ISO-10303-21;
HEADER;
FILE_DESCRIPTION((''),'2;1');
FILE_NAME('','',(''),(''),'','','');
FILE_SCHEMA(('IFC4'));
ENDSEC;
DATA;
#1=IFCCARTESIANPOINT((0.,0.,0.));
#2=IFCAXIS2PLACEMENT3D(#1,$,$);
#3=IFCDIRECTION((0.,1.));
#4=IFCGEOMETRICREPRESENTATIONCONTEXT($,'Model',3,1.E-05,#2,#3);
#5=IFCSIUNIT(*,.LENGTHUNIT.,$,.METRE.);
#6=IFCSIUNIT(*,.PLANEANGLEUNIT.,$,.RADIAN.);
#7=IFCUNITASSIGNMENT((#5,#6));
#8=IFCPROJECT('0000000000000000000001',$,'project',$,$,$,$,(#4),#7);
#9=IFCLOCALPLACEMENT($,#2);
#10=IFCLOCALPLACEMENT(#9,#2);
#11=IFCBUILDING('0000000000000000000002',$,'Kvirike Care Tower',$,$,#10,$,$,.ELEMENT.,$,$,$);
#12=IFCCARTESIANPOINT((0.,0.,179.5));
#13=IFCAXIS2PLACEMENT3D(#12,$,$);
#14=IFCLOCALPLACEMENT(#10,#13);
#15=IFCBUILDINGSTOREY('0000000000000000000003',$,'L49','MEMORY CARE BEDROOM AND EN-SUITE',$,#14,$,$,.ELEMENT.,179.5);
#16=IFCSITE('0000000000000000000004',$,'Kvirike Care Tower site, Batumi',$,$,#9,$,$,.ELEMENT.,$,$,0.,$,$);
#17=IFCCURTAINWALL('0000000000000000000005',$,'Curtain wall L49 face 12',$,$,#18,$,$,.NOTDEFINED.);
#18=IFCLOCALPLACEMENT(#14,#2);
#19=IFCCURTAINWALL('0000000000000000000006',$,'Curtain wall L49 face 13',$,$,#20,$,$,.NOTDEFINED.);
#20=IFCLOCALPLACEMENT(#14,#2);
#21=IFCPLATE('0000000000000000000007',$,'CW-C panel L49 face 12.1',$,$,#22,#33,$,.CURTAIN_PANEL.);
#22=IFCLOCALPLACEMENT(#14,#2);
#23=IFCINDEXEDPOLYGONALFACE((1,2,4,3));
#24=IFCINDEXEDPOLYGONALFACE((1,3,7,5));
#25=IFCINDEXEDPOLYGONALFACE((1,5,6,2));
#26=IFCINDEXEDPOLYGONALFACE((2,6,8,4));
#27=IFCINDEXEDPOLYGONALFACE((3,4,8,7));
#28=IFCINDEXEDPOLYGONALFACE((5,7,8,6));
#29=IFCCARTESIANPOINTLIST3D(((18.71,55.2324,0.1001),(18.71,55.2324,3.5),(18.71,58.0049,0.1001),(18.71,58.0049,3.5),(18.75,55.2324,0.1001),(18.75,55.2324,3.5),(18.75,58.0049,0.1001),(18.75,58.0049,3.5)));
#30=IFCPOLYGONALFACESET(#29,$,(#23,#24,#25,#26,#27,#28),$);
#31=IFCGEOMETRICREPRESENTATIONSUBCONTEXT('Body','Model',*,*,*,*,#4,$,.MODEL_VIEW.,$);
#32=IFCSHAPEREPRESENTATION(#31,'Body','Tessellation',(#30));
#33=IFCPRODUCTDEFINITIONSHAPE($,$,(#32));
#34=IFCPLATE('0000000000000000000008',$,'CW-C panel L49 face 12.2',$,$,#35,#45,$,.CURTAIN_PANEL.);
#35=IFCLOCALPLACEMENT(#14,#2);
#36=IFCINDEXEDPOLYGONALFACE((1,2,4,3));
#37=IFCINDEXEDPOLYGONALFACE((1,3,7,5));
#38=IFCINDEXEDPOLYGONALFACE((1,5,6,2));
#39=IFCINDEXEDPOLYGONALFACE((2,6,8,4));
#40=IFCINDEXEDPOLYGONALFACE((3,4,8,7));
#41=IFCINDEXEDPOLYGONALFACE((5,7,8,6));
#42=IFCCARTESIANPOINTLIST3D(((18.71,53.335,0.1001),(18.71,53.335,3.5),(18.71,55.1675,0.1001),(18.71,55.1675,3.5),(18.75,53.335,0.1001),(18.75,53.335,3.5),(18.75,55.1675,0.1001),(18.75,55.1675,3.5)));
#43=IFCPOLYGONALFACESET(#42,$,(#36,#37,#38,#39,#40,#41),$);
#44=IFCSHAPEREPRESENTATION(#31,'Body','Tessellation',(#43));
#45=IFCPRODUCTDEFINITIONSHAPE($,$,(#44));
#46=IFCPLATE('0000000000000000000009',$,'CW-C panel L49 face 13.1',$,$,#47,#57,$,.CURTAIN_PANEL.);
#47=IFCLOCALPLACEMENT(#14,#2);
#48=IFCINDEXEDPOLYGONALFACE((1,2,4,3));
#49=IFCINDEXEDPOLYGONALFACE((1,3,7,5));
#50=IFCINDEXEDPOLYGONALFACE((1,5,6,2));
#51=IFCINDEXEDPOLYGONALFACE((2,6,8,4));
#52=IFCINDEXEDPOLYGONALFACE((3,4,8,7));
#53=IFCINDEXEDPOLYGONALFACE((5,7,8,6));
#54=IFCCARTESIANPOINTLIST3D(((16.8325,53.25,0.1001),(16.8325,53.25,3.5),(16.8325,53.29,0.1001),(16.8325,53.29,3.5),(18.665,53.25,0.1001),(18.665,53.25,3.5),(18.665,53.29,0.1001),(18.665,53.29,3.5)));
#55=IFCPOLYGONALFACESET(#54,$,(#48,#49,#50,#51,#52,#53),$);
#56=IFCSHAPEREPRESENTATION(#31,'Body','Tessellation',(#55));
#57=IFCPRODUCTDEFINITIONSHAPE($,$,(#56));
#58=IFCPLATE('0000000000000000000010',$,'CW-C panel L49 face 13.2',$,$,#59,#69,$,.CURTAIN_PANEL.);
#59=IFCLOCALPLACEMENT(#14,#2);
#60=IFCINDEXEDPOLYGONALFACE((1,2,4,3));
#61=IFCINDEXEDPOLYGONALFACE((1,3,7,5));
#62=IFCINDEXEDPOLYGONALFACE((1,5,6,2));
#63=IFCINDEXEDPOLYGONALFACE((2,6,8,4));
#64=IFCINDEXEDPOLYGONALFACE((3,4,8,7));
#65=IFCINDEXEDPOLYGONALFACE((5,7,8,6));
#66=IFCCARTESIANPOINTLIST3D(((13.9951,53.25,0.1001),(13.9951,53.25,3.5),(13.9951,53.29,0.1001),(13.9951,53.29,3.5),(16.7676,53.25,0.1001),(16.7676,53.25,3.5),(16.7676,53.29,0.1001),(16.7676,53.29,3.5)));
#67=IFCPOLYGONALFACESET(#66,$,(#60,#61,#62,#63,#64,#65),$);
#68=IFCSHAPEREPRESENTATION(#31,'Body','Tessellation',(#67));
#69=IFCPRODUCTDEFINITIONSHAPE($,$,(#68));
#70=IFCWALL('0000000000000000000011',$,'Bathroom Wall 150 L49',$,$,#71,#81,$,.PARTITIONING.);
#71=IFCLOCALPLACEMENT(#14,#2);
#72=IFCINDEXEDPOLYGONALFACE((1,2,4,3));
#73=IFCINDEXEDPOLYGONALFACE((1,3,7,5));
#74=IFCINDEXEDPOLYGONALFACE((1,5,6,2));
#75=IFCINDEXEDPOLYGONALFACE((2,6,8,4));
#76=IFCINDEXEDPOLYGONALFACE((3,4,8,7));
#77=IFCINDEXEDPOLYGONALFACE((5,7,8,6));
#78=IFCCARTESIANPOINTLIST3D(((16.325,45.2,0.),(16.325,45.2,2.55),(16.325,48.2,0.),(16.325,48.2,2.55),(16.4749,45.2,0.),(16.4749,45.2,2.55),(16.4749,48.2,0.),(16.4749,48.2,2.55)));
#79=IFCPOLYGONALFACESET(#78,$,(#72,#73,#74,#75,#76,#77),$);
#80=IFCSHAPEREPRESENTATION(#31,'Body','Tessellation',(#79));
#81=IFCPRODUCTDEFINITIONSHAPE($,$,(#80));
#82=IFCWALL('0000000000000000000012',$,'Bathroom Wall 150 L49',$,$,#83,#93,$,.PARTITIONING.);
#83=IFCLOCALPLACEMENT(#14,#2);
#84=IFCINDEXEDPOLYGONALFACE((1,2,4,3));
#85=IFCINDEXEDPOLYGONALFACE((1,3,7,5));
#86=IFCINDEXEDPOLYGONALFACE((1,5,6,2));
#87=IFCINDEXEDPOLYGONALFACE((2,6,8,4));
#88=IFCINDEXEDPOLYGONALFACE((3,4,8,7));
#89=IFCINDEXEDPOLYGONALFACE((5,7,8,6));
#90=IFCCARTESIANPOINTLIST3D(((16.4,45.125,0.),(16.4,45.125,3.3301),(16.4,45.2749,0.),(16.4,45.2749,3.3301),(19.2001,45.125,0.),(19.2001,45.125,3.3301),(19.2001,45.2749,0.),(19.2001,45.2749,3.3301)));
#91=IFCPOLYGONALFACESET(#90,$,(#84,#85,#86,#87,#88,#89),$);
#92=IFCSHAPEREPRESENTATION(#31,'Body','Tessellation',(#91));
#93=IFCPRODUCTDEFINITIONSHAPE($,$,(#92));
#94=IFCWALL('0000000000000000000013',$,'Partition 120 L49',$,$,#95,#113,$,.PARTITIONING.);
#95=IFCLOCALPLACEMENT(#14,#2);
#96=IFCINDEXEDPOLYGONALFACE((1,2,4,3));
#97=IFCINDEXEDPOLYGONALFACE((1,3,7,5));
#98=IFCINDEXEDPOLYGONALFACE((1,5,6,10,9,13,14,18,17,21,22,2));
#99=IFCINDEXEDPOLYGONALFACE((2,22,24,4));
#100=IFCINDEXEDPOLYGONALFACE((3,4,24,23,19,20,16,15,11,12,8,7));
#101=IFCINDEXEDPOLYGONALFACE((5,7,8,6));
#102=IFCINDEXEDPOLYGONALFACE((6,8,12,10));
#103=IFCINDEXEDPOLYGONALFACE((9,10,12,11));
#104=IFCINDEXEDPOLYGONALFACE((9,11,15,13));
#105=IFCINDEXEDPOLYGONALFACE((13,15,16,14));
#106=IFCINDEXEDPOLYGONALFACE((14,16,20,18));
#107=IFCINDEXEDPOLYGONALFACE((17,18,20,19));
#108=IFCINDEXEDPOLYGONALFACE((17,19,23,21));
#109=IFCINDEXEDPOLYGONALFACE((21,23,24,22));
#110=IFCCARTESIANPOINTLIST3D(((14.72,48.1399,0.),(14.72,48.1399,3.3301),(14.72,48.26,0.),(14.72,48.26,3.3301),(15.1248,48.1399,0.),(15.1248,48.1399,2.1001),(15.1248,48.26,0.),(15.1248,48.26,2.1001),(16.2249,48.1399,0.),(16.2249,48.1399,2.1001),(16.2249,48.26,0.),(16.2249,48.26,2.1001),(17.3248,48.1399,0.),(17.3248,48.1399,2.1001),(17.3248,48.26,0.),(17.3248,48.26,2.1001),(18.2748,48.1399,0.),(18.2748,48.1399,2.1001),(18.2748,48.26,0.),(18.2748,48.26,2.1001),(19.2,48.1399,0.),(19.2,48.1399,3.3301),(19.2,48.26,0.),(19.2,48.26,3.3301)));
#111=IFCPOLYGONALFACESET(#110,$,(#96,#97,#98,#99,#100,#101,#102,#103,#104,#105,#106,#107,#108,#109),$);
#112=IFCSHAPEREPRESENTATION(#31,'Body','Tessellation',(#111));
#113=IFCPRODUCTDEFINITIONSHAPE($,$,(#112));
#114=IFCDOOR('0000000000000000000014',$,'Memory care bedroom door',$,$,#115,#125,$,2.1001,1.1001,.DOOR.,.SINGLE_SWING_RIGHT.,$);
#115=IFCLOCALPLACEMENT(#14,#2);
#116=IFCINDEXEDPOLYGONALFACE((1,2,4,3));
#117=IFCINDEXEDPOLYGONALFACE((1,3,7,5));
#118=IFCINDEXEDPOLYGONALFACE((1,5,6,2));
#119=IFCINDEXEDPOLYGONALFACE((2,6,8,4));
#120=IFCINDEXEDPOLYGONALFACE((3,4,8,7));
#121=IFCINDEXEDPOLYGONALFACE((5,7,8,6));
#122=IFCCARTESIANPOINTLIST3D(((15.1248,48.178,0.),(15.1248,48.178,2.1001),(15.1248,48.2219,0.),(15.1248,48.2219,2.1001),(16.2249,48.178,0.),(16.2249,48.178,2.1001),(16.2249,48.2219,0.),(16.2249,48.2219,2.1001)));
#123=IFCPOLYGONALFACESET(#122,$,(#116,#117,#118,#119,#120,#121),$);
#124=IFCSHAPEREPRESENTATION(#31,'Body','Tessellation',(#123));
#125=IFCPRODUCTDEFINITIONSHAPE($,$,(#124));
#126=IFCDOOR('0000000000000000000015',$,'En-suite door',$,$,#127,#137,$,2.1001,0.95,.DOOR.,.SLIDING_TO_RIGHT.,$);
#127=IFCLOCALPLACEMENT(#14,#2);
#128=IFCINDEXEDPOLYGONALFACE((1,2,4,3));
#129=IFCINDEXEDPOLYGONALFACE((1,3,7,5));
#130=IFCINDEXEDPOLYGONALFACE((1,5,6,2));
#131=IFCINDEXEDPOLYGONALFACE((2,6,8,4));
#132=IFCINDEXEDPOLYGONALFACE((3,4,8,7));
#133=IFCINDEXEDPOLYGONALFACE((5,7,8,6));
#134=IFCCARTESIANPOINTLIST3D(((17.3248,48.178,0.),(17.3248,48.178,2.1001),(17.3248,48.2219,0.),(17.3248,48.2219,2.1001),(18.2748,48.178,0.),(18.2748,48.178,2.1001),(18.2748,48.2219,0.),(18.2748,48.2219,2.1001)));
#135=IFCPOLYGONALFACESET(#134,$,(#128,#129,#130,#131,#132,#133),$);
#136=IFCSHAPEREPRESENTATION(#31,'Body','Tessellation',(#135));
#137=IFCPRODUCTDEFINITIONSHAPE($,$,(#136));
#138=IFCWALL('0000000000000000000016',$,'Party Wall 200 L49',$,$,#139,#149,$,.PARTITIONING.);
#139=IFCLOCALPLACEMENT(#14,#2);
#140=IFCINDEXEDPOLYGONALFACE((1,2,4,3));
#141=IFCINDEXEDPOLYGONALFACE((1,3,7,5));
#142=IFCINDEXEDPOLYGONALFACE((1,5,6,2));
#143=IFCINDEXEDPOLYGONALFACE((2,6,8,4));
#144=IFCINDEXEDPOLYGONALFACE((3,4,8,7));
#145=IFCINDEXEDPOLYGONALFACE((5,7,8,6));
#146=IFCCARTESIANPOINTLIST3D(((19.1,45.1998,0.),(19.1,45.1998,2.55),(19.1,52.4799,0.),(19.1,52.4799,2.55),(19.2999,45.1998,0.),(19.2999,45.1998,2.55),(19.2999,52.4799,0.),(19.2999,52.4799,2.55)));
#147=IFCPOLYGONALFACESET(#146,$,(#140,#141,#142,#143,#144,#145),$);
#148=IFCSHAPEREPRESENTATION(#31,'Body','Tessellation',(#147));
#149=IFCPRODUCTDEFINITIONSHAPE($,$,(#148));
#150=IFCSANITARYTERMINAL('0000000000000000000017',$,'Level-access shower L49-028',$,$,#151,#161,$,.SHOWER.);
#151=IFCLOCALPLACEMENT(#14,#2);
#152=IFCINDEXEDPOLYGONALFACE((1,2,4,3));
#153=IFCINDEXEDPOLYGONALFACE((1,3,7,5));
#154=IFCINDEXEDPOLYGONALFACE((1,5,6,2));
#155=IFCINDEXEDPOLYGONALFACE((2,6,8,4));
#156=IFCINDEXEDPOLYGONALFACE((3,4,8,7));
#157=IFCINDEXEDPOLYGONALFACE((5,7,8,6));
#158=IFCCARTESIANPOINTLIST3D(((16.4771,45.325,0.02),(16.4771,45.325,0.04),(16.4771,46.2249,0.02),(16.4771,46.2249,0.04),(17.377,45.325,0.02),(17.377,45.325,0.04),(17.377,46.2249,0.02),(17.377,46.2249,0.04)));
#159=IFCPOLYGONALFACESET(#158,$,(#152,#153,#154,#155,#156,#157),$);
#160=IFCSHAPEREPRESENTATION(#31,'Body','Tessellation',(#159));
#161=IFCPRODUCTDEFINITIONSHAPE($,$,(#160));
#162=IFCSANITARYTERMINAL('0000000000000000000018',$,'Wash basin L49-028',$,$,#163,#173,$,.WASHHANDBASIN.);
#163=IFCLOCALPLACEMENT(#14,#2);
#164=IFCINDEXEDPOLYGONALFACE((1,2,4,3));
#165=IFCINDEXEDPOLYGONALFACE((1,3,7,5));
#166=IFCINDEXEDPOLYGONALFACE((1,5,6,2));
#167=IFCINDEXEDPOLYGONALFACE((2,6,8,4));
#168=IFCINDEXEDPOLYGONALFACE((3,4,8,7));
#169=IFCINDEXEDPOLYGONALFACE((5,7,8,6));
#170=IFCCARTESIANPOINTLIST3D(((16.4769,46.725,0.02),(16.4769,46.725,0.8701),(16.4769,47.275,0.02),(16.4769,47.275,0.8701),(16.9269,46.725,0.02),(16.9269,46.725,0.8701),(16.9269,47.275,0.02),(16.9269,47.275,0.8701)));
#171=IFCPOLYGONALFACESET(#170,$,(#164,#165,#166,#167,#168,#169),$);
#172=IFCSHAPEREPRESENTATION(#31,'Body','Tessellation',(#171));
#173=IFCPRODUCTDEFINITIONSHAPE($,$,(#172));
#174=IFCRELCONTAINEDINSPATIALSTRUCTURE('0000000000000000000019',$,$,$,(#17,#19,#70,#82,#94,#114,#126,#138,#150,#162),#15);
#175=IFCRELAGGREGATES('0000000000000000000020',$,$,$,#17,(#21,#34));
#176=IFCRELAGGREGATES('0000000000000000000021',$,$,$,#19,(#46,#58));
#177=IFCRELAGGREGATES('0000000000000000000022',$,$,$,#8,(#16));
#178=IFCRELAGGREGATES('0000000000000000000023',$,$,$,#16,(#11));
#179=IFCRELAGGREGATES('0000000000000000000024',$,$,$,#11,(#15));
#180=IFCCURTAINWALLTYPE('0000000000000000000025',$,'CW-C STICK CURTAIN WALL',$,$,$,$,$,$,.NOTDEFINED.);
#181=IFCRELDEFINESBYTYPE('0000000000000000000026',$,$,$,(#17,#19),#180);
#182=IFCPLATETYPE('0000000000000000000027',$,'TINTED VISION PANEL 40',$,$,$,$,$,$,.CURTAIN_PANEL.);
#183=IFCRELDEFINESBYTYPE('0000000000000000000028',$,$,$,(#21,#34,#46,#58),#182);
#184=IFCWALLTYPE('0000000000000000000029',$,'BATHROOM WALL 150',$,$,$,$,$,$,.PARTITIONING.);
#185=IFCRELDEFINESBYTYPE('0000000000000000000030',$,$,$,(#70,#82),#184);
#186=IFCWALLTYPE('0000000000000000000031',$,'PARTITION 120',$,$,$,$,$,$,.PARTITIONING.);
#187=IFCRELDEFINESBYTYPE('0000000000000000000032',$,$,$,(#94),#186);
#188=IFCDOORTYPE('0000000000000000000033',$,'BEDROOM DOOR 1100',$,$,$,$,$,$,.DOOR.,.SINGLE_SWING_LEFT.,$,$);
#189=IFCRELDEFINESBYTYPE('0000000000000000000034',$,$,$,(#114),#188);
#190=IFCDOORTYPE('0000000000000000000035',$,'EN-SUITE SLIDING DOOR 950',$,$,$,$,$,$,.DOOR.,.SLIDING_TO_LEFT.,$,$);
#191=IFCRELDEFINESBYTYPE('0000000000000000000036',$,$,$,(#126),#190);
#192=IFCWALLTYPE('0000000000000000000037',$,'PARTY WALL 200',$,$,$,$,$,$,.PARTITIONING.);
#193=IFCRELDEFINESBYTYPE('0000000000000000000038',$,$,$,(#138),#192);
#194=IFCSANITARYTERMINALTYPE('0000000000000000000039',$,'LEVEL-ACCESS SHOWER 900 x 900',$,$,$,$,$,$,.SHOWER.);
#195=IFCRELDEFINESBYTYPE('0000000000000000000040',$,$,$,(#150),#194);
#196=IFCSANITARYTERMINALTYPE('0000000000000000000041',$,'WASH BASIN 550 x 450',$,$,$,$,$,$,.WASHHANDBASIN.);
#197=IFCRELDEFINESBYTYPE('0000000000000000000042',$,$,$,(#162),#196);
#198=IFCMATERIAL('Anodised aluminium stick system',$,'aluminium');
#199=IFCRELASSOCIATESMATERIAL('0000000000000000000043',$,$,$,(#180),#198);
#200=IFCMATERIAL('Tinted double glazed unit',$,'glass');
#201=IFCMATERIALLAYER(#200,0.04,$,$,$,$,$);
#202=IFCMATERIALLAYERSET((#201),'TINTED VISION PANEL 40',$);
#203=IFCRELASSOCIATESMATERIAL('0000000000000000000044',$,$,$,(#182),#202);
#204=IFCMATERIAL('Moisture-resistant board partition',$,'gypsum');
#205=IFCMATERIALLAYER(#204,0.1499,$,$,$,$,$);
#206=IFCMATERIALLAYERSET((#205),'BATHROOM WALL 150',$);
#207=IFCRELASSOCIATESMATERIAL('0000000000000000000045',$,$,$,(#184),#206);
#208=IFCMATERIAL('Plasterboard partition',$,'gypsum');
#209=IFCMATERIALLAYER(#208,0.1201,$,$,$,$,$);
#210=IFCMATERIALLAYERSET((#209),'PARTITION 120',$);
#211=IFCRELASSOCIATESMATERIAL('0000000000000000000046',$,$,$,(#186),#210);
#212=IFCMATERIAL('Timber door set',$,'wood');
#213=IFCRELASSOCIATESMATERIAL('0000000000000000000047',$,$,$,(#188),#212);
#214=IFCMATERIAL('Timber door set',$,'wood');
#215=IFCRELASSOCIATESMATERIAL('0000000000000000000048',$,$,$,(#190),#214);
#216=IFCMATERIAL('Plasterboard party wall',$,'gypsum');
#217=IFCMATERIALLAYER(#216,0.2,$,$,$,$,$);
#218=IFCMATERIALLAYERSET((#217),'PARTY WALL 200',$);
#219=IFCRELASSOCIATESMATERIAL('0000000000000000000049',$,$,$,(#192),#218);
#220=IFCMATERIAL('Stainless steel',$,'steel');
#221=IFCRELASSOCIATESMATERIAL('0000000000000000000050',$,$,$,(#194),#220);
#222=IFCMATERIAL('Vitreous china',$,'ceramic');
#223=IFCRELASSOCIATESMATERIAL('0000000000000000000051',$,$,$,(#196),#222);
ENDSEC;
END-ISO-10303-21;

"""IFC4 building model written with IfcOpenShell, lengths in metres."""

from ifc_helpers import new_model, si_unit, direction, frame, frame_2d, origin, origin_2d, place, context, subcontext, project, spatial, rectangle, extrude, material, layer, layer_set, type_object, element, fill, aggregate, save


model = new_model("IFC4")

# Units and contexts
model_context = context("Model", 3, precision=1e-05, world=origin(), true_north=direction((0.0, 1.0)))
body_context = subcontext(model_context, "Body", "Model", "MODEL_VIEW")
ifc_project = project(units=[si_unit("LENGTHUNIT", "METRE"), si_unit("PLANEANGLEUNIT", "RADIAN")], contexts=[model_context])

# Site, building, storey
site_placement = place(None, origin())
site = spatial("IfcSite", under=ifc_project, at=site_placement, Name="Kvirike Care Tower site, Batumi", CompositionType="ELEMENT", RefElevation=0.0)
building_placement = place(site_placement, origin())
building = spatial("IfcBuilding", under=site, at=building_placement, Name="Kvirike Care Tower", CompositionType="ELEMENT")
storey_placement = place(building_placement, frame((0.0, 0.0, 179.5)))
storey = spatial("IfcBuildingStorey", under=building, at=storey_placement, Name="L49", Description="MEMORY CARE BEDROOM AND EN-SUITE", CompositionType="ELEMENT", Elevation=179.5)

# Curtain wall
ifc_material_1 = material(Name="Anodised aluminium stick system", Category="aluminium")
curtain_wall_type = type_object("IfcCurtainWallType", Name="CW-C STICK CURTAIN WALL", PredefinedType="NOTDEFINED", material=ifc_material_1)
curtain_wall_1_placement = place(storey_placement, origin())
curtain_wall_1 = element("IfcCurtainWall", 1, at=curtain_wall_1_placement, inside=storey, type_object=curtain_wall_type, Name="Curtain wall L49 face 12", PredefinedType="NOTDEFINED")

# Curtain wall
curtain_wall_2_placement = place(storey_placement, origin())
curtain_wall_2 = element("IfcCurtainWall", 2, at=curtain_wall_2_placement, inside=storey, type_object=curtain_wall_type, Name="Curtain wall L49 face 13", PredefinedType="NOTDEFINED")

# Plates
ifc_material_2 = material(Name="Tinted double glazed unit", Category="glass")
ifc_layer_1 = layer(ifc_material_2, 0.04)
ifc_layer_set_1 = layer_set([ifc_layer_1], Name="TINTED VISION PANEL 40")
plate_type = type_object("IfcPlateType", Name="TINTED VISION PANEL 40", PredefinedType="CURTAIN_PANEL", material=ifc_layer_set_1)
plate_1_placement = place(storey_placement, frame((18.73, 56.6187, 0.1001), z_axis=(0.0, 0.0, 1.0), x_axis=(0.0, -1.0, 0.0)))
plate_1 = element("IfcPlate", 3, at=plate_1_placement, type_object=plate_type, Name="CW-C panel L49 face 12.1", PredefinedType="CURTAIN_PANEL", context=body_context, shape_type="SweptSolid", body=[
    extrude(rectangle(XDim=2.7725, YDim=0.04, at=origin_2d()), origin(), (0.0, 0.0, 1.0), 3.3999),
])
plate_2_placement = place(storey_placement, frame((18.73, 54.2512, 0.1001), z_axis=(0.0, 0.0, 1.0), x_axis=(0.0, -1.0, 0.0)))
plate_2 = element("IfcPlate", 4, at=plate_2_placement, type_object=plate_type, Name="CW-C panel L49 face 12.2", PredefinedType="CURTAIN_PANEL", context=body_context, shape_type="SweptSolid", body=[
    extrude(rectangle(XDim=1.8325, YDim=0.04, at=origin_2d()), origin(), (0.0, 0.0, 1.0), 3.3999),
])
aggregate(curtain_wall_1, [plate_1, plate_2])
plate_3_placement = place(storey_placement, frame((17.7488, 53.27, 0.1001), z_axis=(0.0, 0.0, 1.0), x_axis=(-1.0, 0.0, 0.0)))
plate_3 = element("IfcPlate", 5, at=plate_3_placement, type_object=plate_type, Name="CW-C panel L49 face 13.1", PredefinedType="CURTAIN_PANEL", context=body_context, shape_type="SweptSolid", body=[
    extrude(rectangle(XDim=1.8325, YDim=0.04, at=origin_2d()), origin(), (0.0, 0.0, 1.0), 3.3999),
])
plate_4_placement = place(storey_placement, frame((15.3813, 53.27, 0.1001), z_axis=(0.0, 0.0, 1.0), x_axis=(-1.0, 0.0, 0.0)))
plate_4 = element("IfcPlate", 6, at=plate_4_placement, type_object=plate_type, Name="CW-C panel L49 face 13.2", PredefinedType="CURTAIN_PANEL", context=body_context, shape_type="SweptSolid", body=[
    extrude(rectangle(XDim=2.7725, YDim=0.04, at=origin_2d()), origin(), (0.0, 0.0, 1.0), 3.3999),
])
aggregate(curtain_wall_2, [plate_3, plate_4])

# Walls
ifc_material_3 = material(Name="Moisture-resistant board partition", Category="gypsum")
ifc_layer_2 = layer(ifc_material_3, 0.1499)
ifc_layer_set_2 = layer_set([ifc_layer_2], Name="BATHROOM WALL 150")
wall_type_1 = type_object("IfcWallType", Name="BATHROOM WALL 150", PredefinedType="PARTITIONING", material=ifc_layer_set_2)
wall_1_placement = place(storey_placement, frame((16.3999, 48.2, 0.0), z_axis=(0.0, 0.0, 1.0), x_axis=(0.0, -1.0, 0.0)))
element("IfcWall", 7, at=wall_1_placement, inside=storey, type_object=wall_type_1, Name="Bathroom Wall 150 L49", PredefinedType="PARTITIONING", context=body_context, shape_type="SweptSolid", body=[
    extrude(rectangle(XDim=3.0, YDim=0.1499, at=frame_2d((1.5, 0.0))), origin(), (0.0, 0.0, 1.0), 2.55),
])
wall_2_placement = place(storey_placement, frame((19.2, 45.2, 0.0), z_axis=(0.0, 0.0, 1.0), x_axis=(-1.0, 0.0, 0.0)))
element("IfcWall", 8, at=wall_2_placement, inside=storey, type_object=wall_type_1, Name="Bathroom Wall 150 L49", PredefinedType="PARTITIONING", context=body_context, shape_type="SweptSolid", body=[
    extrude(rectangle(XDim=2.8, YDim=0.1499, at=frame_2d((1.3999, 0.0))), origin(), (0.0, 0.0, 1.0), 3.3301),
])

# Wall, openings, doors
ifc_material_4 = material(Name="Plasterboard partition", Category="gypsum")
ifc_layer_3 = layer(ifc_material_4, 0.1201)
ifc_layer_set_3 = layer_set([ifc_layer_3], Name="PARTITION 120")
wall_type_2 = type_object("IfcWallType", Name="PARTITION 120", PredefinedType="PARTITIONING", material=ifc_layer_set_3)
wall_3_placement = place(storey_placement, frame((19.2, 48.2, 0.0), z_axis=(0.0, 0.0, 1.0), x_axis=(-1.0, 0.0, 0.0)))
wall_3 = element("IfcWall", 9, at=wall_3_placement, inside=storey, type_object=wall_type_2, Name="Partition 120 L49", PredefinedType="PARTITIONING", context=body_context, shape_type="SweptSolid", body=[
    extrude(rectangle(XDim=4.48, YDim=0.1201, at=frame_2d((2.24, 0.0))), origin(), (0.0, 0.0, 1.0), 3.3301),
])
opening_1_placement = place(wall_3_placement, frame((2.9751, 0.0, 0.0)))
opening_1 = element("IfcOpeningElement", 10, at=opening_1_placement, cuts=wall_3, PredefinedType="OPENING", context=body_context, shape_type="SweptSolid", body=[
    extrude(rectangle(XDim=1.1001, YDim=2.1001, at=frame_2d((0.55, 1.05))), frame((0.0, 0.0706, 0.0), z_axis=(0.0, -1.0, 0.0), x_axis=(1.0, 0.0, 0.0)), (0.0, 0.0, 1.0), 0.1411),
])
opening_2_placement = place(wall_3_placement, frame((0.925, 0.0, 0.0)))
opening_2 = element("IfcOpeningElement", 11, at=opening_2_placement, cuts=wall_3, PredefinedType="OPENING", context=body_context, shape_type="SweptSolid", body=[
    extrude(rectangle(XDim=0.95, YDim=2.1001, at=frame_2d((0.4751, 1.05))), frame((0.0, 0.0706, 0.0), z_axis=(0.0, -1.0, 0.0), x_axis=(1.0, 0.0, 0.0)), (0.0, 0.0, 1.0), 0.1411),
])
ifc_material_5 = material(Name="Timber door set", Category="wood")
door_type_1 = type_object("IfcDoorType", Name="BEDROOM DOOR 1100", OperationType="SINGLE_SWING_LEFT", PredefinedType="DOOR", material=ifc_material_5)
door_1_placement = place(opening_1_placement, origin())
door_1 = element("IfcDoor", 12, at=door_1_placement, inside=storey, type_object=door_type_1, Name="Memory care bedroom door", OperationType="SINGLE_SWING_RIGHT", OverallHeight=2.1001, OverallWidth=1.1001, PredefinedType="DOOR", context=body_context, shape_type="SweptSolid", body=[
    extrude(rectangle(XDim=1.1001, YDim=2.1001, at=frame_2d((0.55, 1.05))), frame((0.0, 0.022, 0.0), z_axis=(0.0, -1.0, 0.0), x_axis=(1.0, 0.0, 0.0)), (0.0, 0.0, 1.0), 0.0439),
])
fill(opening_1, door_1)
ifc_material_6 = material(Name="Timber door set", Category="wood")
door_type_2 = type_object("IfcDoorType", Name="EN-SUITE SLIDING DOOR 950", OperationType="SLIDING_TO_LEFT", PredefinedType="DOOR", material=ifc_material_6)
door_2_placement = place(opening_2_placement, origin())
door_2 = element("IfcDoor", 13, at=door_2_placement, inside=storey, type_object=door_type_2, Name="En-suite door", OperationType="SLIDING_TO_RIGHT", OverallHeight=2.1001, OverallWidth=0.95, PredefinedType="DOOR", context=body_context, shape_type="SweptSolid", body=[
    extrude(rectangle(XDim=0.95, YDim=2.1001, at=frame_2d((0.4751, 1.05))), frame((0.0, 0.022, 0.0), z_axis=(0.0, -1.0, 0.0), x_axis=(1.0, 0.0, 0.0)), (0.0, 0.0, 1.0), 0.0439),
])
fill(opening_2, door_2)

# Wall
ifc_material_7 = material(Name="Plasterboard party wall", Category="gypsum")
ifc_layer_4 = layer(ifc_material_7, 0.2)
ifc_layer_set_4 = layer_set([ifc_layer_4], Name="PARTY WALL 200")
wall_type_3 = type_object("IfcWallType", Name="PARTY WALL 200", PredefinedType="PARTITIONING", material=ifc_layer_set_4)
wall_4_placement = place(storey_placement, frame((19.2, 52.48, 0.0), z_axis=(0.0, 0.0, 1.0), x_axis=(0.0, -1.0, 0.0)))
element("IfcWall", 14, at=wall_4_placement, inside=storey, type_object=wall_type_3, Name="Party Wall 200 L49", PredefinedType="PARTITIONING", context=body_context, shape_type="SweptSolid", body=[
    extrude(rectangle(XDim=7.28, YDim=0.2, at=frame_2d((3.6401, 0.0))), origin(), (0.0, 0.0, 1.0), 2.55),
])

# Sanitary terminals
ifc_material_8 = material(Name="Stainless steel", Category="steel")
sanitary_terminal_type_1 = type_object("IfcSanitaryTerminalType", Name="LEVEL-ACCESS SHOWER 900 x 900", PredefinedType="SHOWER", material=ifc_material_8)
sanitary_terminal_1_placement = place(storey_placement, frame((16.927, 45.7749, 0.02), z_axis=(0.0, 0.0, 1.0), x_axis=(0.0, 1.0, 0.0)))
element("IfcSanitaryTerminal", 15, at=sanitary_terminal_1_placement, inside=storey, type_object=sanitary_terminal_type_1, Name="Level-access shower L49-028", PredefinedType="SHOWER", context=body_context, shape_type="SweptSolid", body=[
    extrude(rectangle(XDim=0.8999, YDim=0.8999, at=origin_2d()), origin(), (0.0, 0.0, 1.0), 0.02),
])
ifc_material_9 = material(Name="Vitreous china", Category="ceramic")
sanitary_terminal_type_2 = type_object("IfcSanitaryTerminalType", Name="WASH BASIN 550 x 450", PredefinedType="WASHHANDBASIN", material=ifc_material_9)
sanitary_terminal_2_placement = place(storey_placement, frame((16.7019, 47.0, 0.02), z_axis=(0.0, 0.0, 1.0), x_axis=(0.0, 1.0, 0.0)))
element("IfcSanitaryTerminal", 16, at=sanitary_terminal_2_placement, inside=storey, type_object=sanitary_terminal_type_2, Name="Wash basin L49-028", PredefinedType="WASHHANDBASIN", context=body_context, shape_type="SweptSolid", body=[
    extrude(rectangle(XDim=0.55, YDim=0.45, at=origin_2d()), origin(), (0.0, 0.0, 1.0), 0.8501),
])

save(model, "model.ifc")
